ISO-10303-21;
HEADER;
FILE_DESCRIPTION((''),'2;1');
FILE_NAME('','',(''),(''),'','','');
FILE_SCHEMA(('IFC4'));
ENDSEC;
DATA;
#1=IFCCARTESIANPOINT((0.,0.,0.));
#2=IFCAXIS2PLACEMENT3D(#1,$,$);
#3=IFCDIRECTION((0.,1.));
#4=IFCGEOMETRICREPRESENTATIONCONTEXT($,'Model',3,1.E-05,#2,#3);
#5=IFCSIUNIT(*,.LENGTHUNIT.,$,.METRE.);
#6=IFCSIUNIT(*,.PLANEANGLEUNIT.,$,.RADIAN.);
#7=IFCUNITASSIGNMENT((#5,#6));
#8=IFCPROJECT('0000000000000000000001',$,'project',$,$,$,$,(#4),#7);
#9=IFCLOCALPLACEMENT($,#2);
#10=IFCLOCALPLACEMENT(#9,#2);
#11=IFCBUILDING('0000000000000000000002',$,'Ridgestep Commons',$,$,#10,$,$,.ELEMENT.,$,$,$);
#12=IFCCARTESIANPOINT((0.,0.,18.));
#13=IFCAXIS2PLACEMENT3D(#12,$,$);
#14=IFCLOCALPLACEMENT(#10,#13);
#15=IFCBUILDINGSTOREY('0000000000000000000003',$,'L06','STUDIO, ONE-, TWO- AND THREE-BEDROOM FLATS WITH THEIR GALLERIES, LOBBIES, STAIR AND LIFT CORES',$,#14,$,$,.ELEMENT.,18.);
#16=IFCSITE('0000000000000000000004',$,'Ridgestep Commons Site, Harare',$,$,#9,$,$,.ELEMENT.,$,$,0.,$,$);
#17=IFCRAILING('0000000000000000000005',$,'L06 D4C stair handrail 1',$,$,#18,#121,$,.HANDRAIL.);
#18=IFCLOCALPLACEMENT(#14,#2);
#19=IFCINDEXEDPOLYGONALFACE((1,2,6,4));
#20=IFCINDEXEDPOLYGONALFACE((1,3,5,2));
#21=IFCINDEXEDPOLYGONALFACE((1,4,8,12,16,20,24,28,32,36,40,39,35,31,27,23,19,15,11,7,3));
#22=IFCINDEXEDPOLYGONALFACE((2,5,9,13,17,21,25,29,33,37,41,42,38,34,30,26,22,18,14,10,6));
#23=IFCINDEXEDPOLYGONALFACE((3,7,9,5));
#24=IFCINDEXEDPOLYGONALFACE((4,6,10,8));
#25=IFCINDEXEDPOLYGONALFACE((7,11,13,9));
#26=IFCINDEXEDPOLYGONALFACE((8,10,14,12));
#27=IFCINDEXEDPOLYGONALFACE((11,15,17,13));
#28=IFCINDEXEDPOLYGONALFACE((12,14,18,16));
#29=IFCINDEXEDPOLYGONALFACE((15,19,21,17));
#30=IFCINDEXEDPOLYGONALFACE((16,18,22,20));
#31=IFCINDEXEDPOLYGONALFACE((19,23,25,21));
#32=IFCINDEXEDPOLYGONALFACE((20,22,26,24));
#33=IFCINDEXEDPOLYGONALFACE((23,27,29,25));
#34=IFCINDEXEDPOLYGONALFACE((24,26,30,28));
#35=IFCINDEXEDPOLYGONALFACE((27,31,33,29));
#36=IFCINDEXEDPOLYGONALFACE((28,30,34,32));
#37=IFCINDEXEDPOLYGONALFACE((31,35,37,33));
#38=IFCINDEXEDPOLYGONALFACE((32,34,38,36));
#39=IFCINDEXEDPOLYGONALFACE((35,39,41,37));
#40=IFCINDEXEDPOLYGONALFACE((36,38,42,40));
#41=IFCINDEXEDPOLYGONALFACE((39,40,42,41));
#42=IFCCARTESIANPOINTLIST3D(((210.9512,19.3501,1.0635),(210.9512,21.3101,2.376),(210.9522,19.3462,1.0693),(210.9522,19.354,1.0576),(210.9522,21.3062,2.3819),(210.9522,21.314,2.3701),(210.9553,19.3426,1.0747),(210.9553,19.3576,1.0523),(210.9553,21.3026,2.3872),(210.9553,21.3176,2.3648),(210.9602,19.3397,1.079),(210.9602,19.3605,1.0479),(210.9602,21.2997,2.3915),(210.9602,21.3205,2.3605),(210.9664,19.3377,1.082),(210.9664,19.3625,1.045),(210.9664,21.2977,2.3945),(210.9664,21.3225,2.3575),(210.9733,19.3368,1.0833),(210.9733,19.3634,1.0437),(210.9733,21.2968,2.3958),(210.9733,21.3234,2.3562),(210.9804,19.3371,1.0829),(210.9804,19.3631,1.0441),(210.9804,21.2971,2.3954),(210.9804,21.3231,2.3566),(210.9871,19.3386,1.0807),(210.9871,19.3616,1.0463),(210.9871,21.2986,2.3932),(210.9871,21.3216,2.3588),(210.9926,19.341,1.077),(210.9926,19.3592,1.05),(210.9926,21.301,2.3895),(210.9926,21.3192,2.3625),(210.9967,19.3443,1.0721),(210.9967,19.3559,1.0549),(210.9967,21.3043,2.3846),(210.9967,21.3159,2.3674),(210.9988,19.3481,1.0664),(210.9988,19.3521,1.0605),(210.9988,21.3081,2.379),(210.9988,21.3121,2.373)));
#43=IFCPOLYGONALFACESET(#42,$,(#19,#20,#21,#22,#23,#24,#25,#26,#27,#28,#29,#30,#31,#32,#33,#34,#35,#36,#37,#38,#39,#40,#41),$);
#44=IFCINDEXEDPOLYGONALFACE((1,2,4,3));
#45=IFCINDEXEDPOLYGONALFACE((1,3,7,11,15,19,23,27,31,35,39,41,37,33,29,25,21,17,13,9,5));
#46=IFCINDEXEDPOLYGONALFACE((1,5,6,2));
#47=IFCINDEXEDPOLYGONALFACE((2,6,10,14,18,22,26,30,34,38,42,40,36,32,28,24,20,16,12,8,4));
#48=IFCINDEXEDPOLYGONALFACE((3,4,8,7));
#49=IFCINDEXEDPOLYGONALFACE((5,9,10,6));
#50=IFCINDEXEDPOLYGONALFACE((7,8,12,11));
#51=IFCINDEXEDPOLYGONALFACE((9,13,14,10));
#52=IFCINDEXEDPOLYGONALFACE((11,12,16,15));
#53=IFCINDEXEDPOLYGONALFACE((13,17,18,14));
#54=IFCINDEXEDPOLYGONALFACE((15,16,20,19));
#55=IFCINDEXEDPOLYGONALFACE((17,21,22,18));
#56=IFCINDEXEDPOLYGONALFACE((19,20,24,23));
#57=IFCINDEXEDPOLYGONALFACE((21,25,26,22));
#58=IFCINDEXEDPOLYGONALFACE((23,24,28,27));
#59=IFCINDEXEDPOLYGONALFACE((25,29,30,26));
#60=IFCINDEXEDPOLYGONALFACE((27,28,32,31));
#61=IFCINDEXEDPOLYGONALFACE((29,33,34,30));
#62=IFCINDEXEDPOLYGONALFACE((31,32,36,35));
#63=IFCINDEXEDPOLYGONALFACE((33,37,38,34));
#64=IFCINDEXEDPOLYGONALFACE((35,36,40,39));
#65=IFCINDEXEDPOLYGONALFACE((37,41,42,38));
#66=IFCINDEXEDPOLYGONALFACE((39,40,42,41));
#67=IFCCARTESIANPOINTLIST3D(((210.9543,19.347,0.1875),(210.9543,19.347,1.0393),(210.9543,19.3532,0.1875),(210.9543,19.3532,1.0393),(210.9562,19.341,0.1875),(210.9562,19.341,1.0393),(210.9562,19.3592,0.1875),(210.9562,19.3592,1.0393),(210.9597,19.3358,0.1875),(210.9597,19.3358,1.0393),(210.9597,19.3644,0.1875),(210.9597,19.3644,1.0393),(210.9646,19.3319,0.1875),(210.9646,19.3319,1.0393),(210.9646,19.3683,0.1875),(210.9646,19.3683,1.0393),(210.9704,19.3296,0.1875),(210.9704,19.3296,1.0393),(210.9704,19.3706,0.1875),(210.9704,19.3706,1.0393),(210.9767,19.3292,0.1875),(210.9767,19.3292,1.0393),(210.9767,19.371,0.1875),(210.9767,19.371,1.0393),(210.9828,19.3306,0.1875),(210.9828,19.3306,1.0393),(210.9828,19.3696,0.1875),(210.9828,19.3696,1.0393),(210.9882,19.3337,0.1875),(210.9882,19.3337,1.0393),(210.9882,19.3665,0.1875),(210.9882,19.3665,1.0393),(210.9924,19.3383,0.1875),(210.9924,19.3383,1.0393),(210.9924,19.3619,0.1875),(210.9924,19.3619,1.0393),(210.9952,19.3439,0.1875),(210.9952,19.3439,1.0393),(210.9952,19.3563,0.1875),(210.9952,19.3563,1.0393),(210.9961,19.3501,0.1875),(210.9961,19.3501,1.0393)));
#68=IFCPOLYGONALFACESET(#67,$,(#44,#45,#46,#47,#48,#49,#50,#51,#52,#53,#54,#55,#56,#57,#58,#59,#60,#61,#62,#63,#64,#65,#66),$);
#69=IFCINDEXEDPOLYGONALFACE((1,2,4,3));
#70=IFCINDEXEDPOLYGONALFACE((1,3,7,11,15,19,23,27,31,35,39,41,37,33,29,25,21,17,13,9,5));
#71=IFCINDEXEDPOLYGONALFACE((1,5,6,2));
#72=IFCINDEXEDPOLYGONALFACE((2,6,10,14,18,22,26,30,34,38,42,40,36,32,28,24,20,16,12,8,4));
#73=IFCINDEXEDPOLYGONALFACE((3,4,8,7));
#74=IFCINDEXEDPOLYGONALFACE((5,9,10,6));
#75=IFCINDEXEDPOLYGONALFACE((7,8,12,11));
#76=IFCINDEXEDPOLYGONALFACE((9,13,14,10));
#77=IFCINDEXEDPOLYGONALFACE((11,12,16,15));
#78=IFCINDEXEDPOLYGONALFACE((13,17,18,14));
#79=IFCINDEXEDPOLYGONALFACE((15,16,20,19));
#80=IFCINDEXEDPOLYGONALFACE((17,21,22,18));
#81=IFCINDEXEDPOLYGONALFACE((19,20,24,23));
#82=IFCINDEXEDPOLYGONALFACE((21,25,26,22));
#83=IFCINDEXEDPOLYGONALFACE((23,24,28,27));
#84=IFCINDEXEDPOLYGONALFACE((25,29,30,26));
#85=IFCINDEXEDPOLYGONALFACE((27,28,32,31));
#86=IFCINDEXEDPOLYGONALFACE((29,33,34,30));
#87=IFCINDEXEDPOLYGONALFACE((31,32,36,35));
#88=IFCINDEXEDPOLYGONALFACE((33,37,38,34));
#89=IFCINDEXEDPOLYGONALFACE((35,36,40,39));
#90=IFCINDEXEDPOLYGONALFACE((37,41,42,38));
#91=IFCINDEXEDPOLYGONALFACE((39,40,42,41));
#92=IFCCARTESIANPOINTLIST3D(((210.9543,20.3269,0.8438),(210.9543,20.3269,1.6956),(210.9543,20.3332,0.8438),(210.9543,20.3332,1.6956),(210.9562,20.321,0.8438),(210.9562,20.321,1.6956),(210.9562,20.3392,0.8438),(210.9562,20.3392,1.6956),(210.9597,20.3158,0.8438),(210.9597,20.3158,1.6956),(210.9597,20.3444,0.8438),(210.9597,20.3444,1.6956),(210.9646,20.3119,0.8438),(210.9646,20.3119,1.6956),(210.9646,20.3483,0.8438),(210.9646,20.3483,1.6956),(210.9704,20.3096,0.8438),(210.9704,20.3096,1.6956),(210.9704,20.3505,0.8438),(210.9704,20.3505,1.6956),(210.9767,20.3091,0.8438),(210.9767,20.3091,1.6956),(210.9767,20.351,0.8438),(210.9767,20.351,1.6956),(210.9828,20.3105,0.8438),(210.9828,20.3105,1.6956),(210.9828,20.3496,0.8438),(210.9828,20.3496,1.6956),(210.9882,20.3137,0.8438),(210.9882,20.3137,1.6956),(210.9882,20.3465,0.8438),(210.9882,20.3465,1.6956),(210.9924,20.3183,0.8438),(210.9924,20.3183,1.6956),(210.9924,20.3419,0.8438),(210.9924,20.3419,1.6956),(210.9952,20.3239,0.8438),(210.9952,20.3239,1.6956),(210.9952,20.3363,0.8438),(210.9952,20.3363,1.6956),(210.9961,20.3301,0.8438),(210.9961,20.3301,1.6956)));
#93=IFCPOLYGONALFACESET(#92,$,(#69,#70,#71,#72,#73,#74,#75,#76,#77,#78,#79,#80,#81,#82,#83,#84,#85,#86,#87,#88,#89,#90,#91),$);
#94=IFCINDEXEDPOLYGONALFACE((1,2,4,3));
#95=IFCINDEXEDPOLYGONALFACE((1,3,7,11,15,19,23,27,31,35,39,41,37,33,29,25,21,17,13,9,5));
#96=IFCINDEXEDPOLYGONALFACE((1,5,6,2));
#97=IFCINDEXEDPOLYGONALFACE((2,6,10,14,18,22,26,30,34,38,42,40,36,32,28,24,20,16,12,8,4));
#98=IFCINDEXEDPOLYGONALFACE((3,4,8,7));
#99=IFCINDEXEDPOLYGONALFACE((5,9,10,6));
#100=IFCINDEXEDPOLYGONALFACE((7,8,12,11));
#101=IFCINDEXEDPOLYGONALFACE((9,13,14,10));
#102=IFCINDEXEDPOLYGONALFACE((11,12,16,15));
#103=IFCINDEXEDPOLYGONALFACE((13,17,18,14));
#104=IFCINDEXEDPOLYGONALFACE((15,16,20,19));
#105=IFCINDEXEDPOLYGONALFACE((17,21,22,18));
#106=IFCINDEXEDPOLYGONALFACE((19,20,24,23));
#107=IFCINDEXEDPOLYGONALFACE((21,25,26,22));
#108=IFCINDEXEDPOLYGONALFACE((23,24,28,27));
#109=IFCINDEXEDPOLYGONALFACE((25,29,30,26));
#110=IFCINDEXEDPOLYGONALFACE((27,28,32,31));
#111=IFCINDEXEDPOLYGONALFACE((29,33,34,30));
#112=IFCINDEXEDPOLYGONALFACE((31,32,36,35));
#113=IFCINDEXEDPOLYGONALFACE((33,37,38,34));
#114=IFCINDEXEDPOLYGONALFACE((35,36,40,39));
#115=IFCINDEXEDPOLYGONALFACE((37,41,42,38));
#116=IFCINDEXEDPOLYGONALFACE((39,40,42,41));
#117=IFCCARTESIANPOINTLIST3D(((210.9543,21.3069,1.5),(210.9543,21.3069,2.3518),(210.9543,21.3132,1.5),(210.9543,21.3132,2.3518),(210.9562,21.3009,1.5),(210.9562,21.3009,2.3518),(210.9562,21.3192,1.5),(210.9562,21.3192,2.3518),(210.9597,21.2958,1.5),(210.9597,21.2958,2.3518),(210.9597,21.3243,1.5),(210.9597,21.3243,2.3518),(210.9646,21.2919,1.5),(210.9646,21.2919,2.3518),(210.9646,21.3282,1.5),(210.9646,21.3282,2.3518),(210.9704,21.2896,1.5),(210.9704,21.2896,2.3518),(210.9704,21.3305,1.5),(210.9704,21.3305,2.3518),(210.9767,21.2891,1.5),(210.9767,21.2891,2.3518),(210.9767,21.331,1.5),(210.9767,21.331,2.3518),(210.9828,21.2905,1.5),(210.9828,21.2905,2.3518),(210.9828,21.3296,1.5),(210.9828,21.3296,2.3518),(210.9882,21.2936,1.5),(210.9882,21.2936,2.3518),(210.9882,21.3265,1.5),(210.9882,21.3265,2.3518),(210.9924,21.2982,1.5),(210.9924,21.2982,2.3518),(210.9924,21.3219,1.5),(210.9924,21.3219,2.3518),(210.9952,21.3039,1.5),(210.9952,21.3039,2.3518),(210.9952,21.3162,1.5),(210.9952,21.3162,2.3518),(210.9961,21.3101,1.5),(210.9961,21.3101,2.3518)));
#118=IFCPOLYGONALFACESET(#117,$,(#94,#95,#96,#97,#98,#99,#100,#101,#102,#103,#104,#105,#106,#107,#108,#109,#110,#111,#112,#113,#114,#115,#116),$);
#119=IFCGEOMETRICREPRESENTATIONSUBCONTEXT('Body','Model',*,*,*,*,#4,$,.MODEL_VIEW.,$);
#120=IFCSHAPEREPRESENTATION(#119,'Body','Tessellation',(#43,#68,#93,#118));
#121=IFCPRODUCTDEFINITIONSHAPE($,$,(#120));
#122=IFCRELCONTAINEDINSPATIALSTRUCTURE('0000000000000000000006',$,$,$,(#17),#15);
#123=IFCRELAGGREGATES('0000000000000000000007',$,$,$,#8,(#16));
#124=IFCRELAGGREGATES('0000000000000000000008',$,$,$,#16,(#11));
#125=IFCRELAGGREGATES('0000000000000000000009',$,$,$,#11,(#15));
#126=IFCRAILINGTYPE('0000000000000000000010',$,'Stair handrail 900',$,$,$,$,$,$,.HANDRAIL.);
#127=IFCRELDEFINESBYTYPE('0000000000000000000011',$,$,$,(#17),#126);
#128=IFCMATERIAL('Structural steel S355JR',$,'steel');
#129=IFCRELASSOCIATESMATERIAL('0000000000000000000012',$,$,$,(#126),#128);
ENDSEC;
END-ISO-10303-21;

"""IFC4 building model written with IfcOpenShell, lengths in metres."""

from ifc_helpers import new_model, si_unit, direction, frame, origin, origin_2d, place, context, subcontext, project, spatial, circle, extrude, material, type_object, element, save


model = new_model("IFC4")

# Units and contexts
model_context = context("Model", 3, precision=1e-05, world=origin(), true_north=direction((0.0, 1.0)))
body_context = subcontext(model_context, "Body", "Model", "MODEL_VIEW")
ifc_project = project(units=[si_unit("LENGTHUNIT", "METRE"), si_unit("PLANEANGLEUNIT", "RADIAN")], contexts=[model_context])

# Site, building, storey
site_placement = place(None, origin())
site = spatial("IfcSite", under=ifc_project, at=site_placement, Name="Ridgestep Commons Site, Harare", CompositionType="ELEMENT", RefElevation=0.0)
building_placement = place(site_placement, origin())
building = spatial("IfcBuilding", under=site, at=building_placement, Name="Ridgestep Commons", CompositionType="ELEMENT")
storey_placement = place(building_placement, frame((0.0, 0.0, 18.0)))
storey = spatial("IfcBuildingStorey", under=building, at=storey_placement, Name="L06", Description="STUDIO, ONE-, TWO- AND THREE-BEDROOM FLATS WITH THEIR GALLERIES, LOBBIES, STAIR AND LIFT CORES", CompositionType="ELEMENT", Elevation=18.0)

# Railing
ifc_material_1 = material(Name="Structural steel S355JR", Category="steel")
railing_type_1 = type_object("IfcRailingType", Name="Stair handrail 900", PredefinedType="HANDRAIL", material=ifc_material_1)
railing_1_placement = place(storey_placement, frame((210.9751, 19.3501, 0.1875)))
element("IfcRailing", 1, at=railing_1_placement, inside=storey, type_object=railing_type_1, Name="L06 D4C stair handrail 1", PredefinedType="HANDRAIL", context=body_context, shape_type="SweptSolid", body=[
    extrude(circle(Radius=0.0239, at=origin_2d()), frame((0.0, 0.0, 0.876), z_axis=(0.0, 0.830902, 0.556419), x_axis=(-1.0, 0.0, 0.0)), (0.0, 0.0, 1.0), 2.3589),
    extrude(circle(Radius=0.021, at=origin_2d()), origin(), (0.0, 0.0, 1.0), 0.8518),
    extrude(circle(Radius=0.021, at=origin_2d()), frame((0.0, 0.98, 0.6562)), (0.0, 0.0, 1.0), 0.8518),
    extrude(circle(Radius=0.021, at=origin_2d()), frame((0.0, 1.96, 1.3125)), (0.0, 0.0, 1.0), 0.8518),
])

save(model, "model.ifc")
